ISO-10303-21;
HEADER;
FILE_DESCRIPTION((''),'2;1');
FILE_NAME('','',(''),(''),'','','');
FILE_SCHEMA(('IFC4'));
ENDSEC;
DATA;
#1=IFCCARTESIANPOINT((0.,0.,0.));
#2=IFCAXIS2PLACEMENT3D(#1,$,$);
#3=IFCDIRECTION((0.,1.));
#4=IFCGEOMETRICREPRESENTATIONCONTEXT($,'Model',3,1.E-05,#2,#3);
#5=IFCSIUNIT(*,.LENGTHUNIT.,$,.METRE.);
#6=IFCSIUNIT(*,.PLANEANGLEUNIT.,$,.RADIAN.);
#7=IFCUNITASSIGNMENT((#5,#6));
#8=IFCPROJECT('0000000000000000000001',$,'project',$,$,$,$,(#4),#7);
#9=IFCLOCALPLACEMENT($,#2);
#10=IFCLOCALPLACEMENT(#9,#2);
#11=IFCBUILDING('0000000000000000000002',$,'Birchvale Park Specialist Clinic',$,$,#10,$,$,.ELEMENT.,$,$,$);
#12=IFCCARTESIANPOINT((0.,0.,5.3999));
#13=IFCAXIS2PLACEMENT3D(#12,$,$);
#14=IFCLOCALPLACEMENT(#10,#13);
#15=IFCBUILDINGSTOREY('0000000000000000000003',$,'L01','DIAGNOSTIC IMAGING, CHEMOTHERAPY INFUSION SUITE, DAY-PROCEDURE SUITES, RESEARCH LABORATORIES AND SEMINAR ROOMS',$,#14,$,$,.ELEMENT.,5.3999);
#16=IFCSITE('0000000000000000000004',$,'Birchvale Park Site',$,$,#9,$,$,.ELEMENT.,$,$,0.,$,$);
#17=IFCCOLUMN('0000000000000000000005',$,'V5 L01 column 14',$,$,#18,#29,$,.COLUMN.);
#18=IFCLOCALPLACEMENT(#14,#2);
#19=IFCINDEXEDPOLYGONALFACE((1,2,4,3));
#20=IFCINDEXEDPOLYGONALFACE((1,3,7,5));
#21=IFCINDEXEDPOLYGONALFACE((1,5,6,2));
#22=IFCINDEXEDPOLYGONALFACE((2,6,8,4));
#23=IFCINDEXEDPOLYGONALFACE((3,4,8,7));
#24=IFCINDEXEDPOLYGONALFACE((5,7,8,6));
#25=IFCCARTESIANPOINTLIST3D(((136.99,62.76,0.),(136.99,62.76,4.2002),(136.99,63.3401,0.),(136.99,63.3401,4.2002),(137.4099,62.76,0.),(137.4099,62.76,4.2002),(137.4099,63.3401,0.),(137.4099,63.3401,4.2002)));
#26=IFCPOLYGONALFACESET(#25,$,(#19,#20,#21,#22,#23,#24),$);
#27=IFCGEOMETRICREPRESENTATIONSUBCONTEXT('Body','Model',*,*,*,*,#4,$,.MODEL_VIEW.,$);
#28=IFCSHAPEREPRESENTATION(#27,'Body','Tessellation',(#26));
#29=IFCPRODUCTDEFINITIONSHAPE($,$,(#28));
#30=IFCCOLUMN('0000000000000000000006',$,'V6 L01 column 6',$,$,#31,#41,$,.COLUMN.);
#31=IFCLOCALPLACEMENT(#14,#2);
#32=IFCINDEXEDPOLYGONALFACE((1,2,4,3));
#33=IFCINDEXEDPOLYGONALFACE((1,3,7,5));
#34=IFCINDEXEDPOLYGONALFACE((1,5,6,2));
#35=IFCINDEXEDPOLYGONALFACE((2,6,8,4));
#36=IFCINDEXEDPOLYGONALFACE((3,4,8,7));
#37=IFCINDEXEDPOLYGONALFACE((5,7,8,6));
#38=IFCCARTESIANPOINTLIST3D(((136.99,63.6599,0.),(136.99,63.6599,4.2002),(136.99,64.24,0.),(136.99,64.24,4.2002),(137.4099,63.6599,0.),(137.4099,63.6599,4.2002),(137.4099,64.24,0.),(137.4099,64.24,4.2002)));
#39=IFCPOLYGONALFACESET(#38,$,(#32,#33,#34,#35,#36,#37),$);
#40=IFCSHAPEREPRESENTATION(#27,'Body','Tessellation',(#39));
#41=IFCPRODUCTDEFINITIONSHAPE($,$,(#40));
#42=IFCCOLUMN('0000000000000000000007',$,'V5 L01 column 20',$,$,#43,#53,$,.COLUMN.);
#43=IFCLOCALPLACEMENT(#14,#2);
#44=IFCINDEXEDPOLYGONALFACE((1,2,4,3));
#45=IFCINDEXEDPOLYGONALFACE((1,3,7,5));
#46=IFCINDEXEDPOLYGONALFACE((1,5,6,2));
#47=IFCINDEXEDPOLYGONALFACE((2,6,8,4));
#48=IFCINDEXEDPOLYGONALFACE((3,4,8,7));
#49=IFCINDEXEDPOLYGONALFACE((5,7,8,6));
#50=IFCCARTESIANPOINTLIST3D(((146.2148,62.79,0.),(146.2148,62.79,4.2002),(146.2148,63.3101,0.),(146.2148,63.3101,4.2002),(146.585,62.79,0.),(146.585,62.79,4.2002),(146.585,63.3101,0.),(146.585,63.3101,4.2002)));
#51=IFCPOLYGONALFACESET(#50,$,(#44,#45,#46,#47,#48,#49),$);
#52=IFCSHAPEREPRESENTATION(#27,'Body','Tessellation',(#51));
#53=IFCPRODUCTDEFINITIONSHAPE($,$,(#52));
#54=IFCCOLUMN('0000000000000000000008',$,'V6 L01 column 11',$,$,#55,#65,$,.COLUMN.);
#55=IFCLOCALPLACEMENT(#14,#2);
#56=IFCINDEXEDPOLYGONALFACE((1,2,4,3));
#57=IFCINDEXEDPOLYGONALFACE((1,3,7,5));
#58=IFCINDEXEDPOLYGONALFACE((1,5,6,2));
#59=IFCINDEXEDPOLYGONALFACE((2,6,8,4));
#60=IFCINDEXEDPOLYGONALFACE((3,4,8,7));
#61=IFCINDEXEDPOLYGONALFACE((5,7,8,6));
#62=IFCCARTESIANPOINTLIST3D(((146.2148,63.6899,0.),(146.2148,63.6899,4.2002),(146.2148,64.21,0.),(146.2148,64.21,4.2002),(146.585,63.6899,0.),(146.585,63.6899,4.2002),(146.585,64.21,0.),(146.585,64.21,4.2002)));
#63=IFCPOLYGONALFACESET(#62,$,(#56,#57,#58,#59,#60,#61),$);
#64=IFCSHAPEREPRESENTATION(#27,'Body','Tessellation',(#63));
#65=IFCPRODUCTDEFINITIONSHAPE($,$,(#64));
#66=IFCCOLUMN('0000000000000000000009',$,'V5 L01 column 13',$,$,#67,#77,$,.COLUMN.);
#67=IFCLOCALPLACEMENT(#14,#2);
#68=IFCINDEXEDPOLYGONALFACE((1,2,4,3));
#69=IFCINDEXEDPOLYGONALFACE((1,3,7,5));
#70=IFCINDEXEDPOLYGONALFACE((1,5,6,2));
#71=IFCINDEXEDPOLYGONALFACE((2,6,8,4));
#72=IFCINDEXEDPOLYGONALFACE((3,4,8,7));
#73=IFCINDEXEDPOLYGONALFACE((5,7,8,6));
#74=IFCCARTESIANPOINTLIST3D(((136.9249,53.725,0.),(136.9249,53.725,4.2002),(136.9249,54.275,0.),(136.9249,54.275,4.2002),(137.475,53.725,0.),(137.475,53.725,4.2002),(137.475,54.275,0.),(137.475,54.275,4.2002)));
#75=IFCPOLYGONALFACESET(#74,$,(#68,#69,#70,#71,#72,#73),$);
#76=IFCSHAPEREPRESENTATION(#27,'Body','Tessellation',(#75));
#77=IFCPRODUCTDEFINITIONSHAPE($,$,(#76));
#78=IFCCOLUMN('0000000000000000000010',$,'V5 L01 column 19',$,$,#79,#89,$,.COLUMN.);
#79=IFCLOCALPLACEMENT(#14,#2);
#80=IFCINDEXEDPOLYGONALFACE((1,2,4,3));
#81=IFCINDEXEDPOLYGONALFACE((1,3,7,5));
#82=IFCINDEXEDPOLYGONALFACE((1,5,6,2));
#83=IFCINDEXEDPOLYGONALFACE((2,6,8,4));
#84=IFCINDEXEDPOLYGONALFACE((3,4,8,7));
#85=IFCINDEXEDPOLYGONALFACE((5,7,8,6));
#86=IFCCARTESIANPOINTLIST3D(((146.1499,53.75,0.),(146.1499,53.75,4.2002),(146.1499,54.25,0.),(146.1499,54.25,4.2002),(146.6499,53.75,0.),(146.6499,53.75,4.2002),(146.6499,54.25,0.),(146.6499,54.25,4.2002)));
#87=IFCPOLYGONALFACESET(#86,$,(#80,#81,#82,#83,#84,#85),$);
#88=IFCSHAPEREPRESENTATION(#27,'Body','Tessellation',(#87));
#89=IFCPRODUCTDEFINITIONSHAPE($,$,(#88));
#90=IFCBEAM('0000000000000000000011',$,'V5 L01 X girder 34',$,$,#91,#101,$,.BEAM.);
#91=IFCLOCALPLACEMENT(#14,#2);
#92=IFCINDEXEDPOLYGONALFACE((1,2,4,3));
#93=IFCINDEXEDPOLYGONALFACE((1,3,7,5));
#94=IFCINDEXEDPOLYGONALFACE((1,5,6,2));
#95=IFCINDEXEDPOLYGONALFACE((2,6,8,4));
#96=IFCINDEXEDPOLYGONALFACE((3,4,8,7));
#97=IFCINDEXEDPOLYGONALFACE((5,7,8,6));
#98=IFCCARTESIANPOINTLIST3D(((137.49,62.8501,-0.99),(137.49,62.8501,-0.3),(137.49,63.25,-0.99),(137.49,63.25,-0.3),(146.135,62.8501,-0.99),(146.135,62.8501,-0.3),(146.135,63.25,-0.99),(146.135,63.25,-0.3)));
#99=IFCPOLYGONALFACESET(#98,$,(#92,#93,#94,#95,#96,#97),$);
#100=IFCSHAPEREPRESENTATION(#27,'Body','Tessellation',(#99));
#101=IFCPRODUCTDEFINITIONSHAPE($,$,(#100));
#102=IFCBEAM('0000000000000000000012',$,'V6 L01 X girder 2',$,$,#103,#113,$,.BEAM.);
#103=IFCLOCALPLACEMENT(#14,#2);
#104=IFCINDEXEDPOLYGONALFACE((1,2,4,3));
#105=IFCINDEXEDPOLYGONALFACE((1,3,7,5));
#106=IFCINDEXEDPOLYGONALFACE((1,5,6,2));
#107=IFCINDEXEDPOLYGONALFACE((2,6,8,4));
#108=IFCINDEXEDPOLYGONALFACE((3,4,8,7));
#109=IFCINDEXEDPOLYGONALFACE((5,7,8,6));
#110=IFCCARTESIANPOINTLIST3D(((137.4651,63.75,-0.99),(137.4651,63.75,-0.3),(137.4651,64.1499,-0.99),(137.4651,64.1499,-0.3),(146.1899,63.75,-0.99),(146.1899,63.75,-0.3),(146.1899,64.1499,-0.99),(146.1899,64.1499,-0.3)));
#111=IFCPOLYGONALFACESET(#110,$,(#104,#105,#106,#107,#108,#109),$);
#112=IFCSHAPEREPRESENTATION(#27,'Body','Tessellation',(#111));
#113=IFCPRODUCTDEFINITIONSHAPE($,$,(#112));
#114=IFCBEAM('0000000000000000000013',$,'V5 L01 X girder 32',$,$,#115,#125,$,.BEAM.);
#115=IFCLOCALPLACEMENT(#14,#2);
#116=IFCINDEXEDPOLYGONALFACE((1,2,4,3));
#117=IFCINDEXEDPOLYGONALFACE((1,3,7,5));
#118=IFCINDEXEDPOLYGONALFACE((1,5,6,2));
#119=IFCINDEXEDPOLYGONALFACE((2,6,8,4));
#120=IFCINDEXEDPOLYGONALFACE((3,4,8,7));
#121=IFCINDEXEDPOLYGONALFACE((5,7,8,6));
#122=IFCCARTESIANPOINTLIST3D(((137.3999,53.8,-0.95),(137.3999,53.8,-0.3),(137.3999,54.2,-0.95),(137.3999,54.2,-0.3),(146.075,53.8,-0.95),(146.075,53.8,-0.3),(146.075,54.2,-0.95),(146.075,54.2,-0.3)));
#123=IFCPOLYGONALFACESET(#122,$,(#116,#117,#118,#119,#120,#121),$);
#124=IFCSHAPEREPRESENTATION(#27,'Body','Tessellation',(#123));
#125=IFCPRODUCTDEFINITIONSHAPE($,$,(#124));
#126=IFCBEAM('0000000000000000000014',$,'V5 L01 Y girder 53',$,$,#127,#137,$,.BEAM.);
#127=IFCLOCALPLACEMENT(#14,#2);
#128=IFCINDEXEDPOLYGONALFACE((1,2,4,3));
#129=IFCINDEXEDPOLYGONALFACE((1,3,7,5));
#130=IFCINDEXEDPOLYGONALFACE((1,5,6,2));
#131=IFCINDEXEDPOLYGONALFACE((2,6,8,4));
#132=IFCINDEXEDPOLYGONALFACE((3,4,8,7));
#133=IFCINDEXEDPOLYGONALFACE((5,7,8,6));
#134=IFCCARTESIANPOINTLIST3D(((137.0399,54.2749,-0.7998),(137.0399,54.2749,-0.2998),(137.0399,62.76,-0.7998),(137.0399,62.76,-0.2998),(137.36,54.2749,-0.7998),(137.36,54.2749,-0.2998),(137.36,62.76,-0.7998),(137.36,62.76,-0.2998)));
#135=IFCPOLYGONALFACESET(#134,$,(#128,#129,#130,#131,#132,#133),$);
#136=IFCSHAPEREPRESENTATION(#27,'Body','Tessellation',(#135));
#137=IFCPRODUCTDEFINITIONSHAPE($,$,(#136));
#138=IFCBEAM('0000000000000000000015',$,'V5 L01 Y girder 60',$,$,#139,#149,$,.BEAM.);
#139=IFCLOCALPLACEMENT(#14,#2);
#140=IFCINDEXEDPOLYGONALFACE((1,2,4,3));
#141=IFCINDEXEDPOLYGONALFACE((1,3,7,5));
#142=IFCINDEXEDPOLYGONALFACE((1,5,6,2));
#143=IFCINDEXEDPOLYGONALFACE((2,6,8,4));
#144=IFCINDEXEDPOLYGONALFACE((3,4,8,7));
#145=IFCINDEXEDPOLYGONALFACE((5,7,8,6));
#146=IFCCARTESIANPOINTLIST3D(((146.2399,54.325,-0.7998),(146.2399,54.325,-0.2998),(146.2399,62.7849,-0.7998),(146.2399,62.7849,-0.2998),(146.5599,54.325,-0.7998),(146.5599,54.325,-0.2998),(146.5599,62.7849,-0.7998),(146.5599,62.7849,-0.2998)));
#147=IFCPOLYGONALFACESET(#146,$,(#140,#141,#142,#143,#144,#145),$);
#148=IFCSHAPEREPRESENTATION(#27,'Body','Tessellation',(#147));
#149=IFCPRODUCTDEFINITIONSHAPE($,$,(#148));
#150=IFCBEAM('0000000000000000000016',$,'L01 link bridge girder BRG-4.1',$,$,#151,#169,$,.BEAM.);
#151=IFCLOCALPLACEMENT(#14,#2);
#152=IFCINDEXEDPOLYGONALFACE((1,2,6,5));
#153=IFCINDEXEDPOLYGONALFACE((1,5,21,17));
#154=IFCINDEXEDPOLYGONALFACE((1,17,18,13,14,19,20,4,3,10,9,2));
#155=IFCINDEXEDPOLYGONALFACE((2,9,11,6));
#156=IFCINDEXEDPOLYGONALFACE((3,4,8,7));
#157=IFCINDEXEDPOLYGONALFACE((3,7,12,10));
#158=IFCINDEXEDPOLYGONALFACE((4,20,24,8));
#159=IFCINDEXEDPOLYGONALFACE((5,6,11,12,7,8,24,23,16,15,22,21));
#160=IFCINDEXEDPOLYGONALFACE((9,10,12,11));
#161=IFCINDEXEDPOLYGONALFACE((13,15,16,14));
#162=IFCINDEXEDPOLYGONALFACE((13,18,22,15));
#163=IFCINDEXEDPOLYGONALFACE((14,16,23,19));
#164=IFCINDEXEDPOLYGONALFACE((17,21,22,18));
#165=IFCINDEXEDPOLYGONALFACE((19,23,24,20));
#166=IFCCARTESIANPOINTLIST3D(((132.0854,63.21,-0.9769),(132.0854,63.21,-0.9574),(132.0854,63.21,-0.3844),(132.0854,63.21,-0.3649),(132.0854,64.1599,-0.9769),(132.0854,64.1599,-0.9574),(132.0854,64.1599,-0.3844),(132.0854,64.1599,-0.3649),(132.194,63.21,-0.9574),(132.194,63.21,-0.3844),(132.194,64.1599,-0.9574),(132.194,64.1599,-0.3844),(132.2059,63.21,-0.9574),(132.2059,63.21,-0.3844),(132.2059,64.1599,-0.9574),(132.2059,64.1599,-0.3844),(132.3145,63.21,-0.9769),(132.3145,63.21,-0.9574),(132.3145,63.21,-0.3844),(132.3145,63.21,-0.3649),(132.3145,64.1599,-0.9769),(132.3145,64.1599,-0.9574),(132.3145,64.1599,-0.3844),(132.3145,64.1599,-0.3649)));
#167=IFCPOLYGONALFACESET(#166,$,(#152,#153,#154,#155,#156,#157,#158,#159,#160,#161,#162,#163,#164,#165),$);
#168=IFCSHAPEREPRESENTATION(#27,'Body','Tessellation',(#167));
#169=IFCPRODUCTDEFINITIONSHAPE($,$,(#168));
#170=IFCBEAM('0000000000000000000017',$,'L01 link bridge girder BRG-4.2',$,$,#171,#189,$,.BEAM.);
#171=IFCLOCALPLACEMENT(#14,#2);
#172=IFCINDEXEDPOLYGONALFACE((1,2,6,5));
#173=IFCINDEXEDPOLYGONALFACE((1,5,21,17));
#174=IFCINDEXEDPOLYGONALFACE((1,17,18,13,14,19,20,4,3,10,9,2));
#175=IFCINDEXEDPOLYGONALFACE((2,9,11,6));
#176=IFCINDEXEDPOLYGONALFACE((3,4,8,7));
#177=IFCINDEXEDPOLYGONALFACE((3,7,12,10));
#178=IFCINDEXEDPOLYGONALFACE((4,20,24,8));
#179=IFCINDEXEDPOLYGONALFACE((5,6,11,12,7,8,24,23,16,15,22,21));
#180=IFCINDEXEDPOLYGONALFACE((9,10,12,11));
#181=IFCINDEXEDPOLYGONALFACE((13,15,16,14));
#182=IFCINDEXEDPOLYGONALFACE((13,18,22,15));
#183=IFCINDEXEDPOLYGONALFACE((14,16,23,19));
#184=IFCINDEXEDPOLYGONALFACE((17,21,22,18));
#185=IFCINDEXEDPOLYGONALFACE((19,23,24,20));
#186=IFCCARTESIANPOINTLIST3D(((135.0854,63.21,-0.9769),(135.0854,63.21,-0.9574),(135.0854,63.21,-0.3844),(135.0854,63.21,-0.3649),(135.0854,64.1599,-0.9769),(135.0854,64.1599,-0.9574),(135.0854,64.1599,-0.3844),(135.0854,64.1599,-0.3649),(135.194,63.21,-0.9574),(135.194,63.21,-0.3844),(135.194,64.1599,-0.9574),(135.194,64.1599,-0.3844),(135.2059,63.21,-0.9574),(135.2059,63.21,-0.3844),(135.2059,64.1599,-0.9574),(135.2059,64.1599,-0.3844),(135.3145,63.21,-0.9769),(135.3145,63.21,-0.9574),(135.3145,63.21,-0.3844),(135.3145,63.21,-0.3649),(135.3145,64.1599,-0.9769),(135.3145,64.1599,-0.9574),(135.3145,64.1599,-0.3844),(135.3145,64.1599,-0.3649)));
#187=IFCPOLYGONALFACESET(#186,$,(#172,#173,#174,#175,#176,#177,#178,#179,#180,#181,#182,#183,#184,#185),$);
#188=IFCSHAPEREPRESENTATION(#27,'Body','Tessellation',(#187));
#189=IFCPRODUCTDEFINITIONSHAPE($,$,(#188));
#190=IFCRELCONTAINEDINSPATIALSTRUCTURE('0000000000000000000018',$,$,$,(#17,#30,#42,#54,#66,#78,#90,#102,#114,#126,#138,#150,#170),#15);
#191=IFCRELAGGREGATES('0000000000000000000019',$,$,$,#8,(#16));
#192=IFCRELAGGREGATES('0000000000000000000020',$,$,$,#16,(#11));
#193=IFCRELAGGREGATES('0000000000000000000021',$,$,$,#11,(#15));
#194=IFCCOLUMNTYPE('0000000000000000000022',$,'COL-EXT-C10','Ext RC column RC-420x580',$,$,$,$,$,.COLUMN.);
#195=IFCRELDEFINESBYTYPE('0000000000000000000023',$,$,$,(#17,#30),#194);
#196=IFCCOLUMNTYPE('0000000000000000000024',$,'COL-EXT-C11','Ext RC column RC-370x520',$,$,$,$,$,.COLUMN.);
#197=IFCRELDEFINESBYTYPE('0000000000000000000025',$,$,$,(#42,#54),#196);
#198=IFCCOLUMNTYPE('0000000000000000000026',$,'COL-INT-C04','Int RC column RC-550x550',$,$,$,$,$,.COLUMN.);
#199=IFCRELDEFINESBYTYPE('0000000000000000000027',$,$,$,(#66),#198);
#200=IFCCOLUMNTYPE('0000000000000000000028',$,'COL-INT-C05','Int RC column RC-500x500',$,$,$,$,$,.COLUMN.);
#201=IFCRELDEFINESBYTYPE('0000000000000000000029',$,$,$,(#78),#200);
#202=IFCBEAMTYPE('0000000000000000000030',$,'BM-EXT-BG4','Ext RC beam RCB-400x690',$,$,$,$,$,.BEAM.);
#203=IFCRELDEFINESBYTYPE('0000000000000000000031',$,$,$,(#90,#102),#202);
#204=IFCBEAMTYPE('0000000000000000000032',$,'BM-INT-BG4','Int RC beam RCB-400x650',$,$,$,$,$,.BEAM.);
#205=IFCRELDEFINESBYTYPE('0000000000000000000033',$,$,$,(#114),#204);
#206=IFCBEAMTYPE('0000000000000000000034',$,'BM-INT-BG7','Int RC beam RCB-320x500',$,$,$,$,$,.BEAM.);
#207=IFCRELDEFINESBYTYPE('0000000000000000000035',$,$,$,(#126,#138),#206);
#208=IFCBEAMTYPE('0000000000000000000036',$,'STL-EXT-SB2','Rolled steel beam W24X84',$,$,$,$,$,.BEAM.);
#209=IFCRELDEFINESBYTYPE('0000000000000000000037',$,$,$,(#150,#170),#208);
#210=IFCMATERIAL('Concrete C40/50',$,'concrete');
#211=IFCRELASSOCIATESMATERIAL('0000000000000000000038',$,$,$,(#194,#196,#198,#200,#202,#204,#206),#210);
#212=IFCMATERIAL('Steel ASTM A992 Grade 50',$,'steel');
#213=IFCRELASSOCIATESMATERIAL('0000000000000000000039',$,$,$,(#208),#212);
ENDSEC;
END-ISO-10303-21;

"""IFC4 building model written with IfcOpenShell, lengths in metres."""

from ifc_helpers import new_model, si_unit, direction, frame, origin, origin_2d, place, context, subcontext, project, spatial, rectangle, i_section, extrude, material, material_profile, profile_set, type_object, element, save


model = new_model("IFC4")

# Units and contexts
model_context = context("Model", 3, precision=1e-05, world=origin(), true_north=direction((0.0, 1.0)))
body_context = subcontext(model_context, "Body", "Model", "MODEL_VIEW")
ifc_project = project(units=[si_unit("LENGTHUNIT", "METRE"), si_unit("PLANEANGLEUNIT", "RADIAN")], contexts=[model_context])

# Site, building, storey
site_placement = place(None, origin())
site = spatial("IfcSite", under=ifc_project, at=site_placement, Name="Birchvale Park Site", CompositionType="ELEMENT", RefElevation=0.0)
building_placement = place(site_placement, origin())
building = spatial("IfcBuilding", under=site, at=building_placement, Name="Birchvale Park Specialist Clinic", CompositionType="ELEMENT")
storey_placement = place(building_placement, frame((0.0, 0.0, 5.3999)))
storey = spatial("IfcBuildingStorey", under=building, at=storey_placement, Name="L01", Description="DIAGNOSTIC IMAGING, CHEMOTHERAPY INFUSION SUITE, DAY-PROCEDURE SUITES, RESEARCH LABORATORIES AND SEMINAR ROOMS", CompositionType="ELEMENT", Elevation=5.3999)

# Columns
ifc_material_1 = material(Name="Concrete C40/50", Category="concrete")
ifc_material_profile_1 = material_profile(ifc_material_1, rectangle(XDim=0.4199, YDim=0.5801, at=origin_2d()), Name="RC-420x580")
ifc_profile_set_1 = profile_set([ifc_material_profile_1], Name="Concrete C40/50")
column_type_1 = type_object("IfcColumnType", Name="COL-EXT-C10", Description="Ext RC column RC-420x580", PredefinedType="COLUMN", material=ifc_profile_set_1)
for number, where, z_axis, x_axis, name in (
    (1, (137.2, 63.05, 0.0), (0.0, 0.0, 1.0), (1.0, 0.0, 0.0), "V5 L01 column 14"),
    (2, (137.2, 63.95, 0.0), (0.0, 0.0, 1.0), (1.0, 0.0, 0.0), "V6 L01 column 6"),
):
    element("IfcColumn", number, at=place(storey_placement, frame(where, z_axis=z_axis, x_axis=x_axis)), inside=storey, type_object=column_type_1, Name=name, PredefinedType="COLUMN", context=body_context, shape_type="SweptSolid", body=[
        extrude(rectangle(XDim=0.4199, YDim=0.5801, at=origin_2d()), origin(), (0.0, 0.0, 1.0), 4.2002),
    ])
ifc_material_profile_2 = material_profile(ifc_material_1, rectangle(XDim=0.3701, YDim=0.52, at=origin_2d()), Name="RC-370x520")
ifc_profile_set_2 = profile_set([ifc_material_profile_2], Name="Concrete C40/50")
column_type_2 = type_object("IfcColumnType", Name="COL-EXT-C11", Description="Ext RC column RC-370x520", PredefinedType="COLUMN", material=ifc_profile_set_2)
for number, where, z_axis, x_axis, name in (
    (3, (146.3999, 63.05, 0.0), (0.0, 0.0, 1.0), (1.0, 0.0, 0.0), "V5 L01 column 20"),
    (4, (146.3999, 63.95, 0.0), (0.0, 0.0, 1.0), (1.0, 0.0, 0.0), "V6 L01 column 11"),
):
    element("IfcColumn", number, at=place(storey_placement, frame(where, z_axis=z_axis, x_axis=x_axis)), inside=storey, type_object=column_type_2, Name=name, PredefinedType="COLUMN", context=body_context, shape_type="SweptSolid", body=[
        extrude(rectangle(XDim=0.3701, YDim=0.52, at=origin_2d()), origin(), (0.0, 0.0, 1.0), 4.2002),
    ])
ifc_material_profile_3 = material_profile(ifc_material_1, rectangle(XDim=0.55, YDim=0.55, at=origin_2d()), Name="RC-550x550")
ifc_profile_set_3 = profile_set([ifc_material_profile_3], Name="Concrete C40/50")
column_type_3 = type_object("IfcColumnType", Name="COL-INT-C04", Description="Int RC column RC-550x550", PredefinedType="COLUMN", material=ifc_profile_set_3)
column_1_placement = place(storey_placement, frame((137.2, 54.0, 0.0), z_axis=(0.0, 0.0, 1.0), x_axis=(1.0, 0.0, 0.0)))
element("IfcColumn", 5, at=column_1_placement, inside=storey, type_object=column_type_3, Name="V5 L01 column 13", PredefinedType="COLUMN", context=body_context, shape_type="SweptSolid", body=[
    extrude(rectangle(XDim=0.55, YDim=0.55, at=origin_2d()), origin(), (0.0, 0.0, 1.0), 4.2002),
])
ifc_material_profile_4 = material_profile(ifc_material_1, rectangle(XDim=0.5, YDim=0.5, at=origin_2d()), Name="RC-500x500")
ifc_profile_set_4 = profile_set([ifc_material_profile_4], Name="Concrete C40/50")
column_type_4 = type_object("IfcColumnType", Name="COL-INT-C05", Description="Int RC column RC-500x500", PredefinedType="COLUMN", material=ifc_profile_set_4)
column_2_placement = place(storey_placement, frame((146.3999, 54.0, 0.0), z_axis=(0.0, 0.0, 1.0), x_axis=(1.0, 0.0, 0.0)))
element("IfcColumn", 6, at=column_2_placement, inside=storey, type_object=column_type_4, Name="V5 L01 column 19", PredefinedType="COLUMN", context=body_context, shape_type="SweptSolid", body=[
    extrude(rectangle(XDim=0.5, YDim=0.5, at=origin_2d()), origin(), (0.0, 0.0, 1.0), 4.2002),
])

# Beams
ifc_material_profile_5 = material_profile(ifc_material_1, rectangle(XDim=0.3999, YDim=0.6899, at=origin_2d()), Name="RCB-400x690")
ifc_profile_set_5 = profile_set([ifc_material_profile_5], Name="Concrete C40/50")
beam_type_1 = type_object("IfcBeamType", Name="BM-EXT-BG4", Description="Ext RC beam RCB-400x690", PredefinedType="BEAM", material=ifc_profile_set_5)
beam_1_placement = place(storey_placement, frame((137.49, 63.05, -0.645), z_axis=(1.0, 0.0, 0.0), x_axis=(0.0, 1.0, 0.0)))
element("IfcBeam", 7, at=beam_1_placement, inside=storey, type_object=beam_type_1, Name="V5 L01 X girder 34", PredefinedType="BEAM", context=body_context, shape_type="SweptSolid", body=[
    extrude(rectangle(XDim=0.3999, YDim=0.6899, at=origin_2d()), origin(), (0.0, 0.0, 1.0), 8.645),
])
beam_2_placement = place(storey_placement, frame((137.4651, 63.95, -0.645), z_axis=(1.0, 0.0, 0.0), x_axis=(0.0, 1.0, 0.0)))
element("IfcBeam", 8, at=beam_2_placement, inside=storey, type_object=beam_type_1, Name="V6 L01 X girder 2", PredefinedType="BEAM", context=body_context, shape_type="SweptSolid", body=[
    extrude(rectangle(XDim=0.3999, YDim=0.6899, at=origin_2d()), origin(), (0.0, 0.0, 1.0), 8.7249),
])
ifc_material_profile_6 = material_profile(ifc_material_1, rectangle(XDim=0.3999, YDim=0.6499, at=origin_2d()), Name="RCB-400x650")
ifc_profile_set_6 = profile_set([ifc_material_profile_6], Name="Concrete C40/50")
beam_type_2 = type_object("IfcBeamType", Name="BM-INT-BG4", Description="Int RC beam RCB-400x650", PredefinedType="BEAM", material=ifc_profile_set_6)
beam_3_placement = place(storey_placement, frame((137.3999, 54.0, -0.625), z_axis=(1.0, 0.0, 0.0), x_axis=(0.0, 1.0, 0.0)))
element("IfcBeam", 9, at=beam_3_placement, inside=storey, type_object=beam_type_2, Name="V5 L01 X girder 32", PredefinedType="BEAM", context=body_context, shape_type="SweptSolid", body=[
    extrude(rectangle(XDim=0.3999, YDim=0.6499, at=origin_2d()), origin(), (0.0, 0.0, 1.0), 8.675),
])
ifc_material_profile_7 = material_profile(ifc_material_1, rectangle(XDim=0.3201, YDim=0.5, at=origin_2d()), Name="RCB-320x500")
ifc_profile_set_7 = profile_set([ifc_material_profile_7], Name="Concrete C40/50")
beam_type_3 = type_object("IfcBeamType", Name="BM-INT-BG7", Description="Int RC beam RCB-320x500", PredefinedType="BEAM", material=ifc_profile_set_7)
beam_4_placement = place(storey_placement, frame((137.2, 54.2749, -0.5498), z_axis=(0.0, 1.0, 0.0), x_axis=(-1.0, 0.0, 0.0)))
element("IfcBeam", 10, at=beam_4_placement, inside=storey, type_object=beam_type_3, Name="V5 L01 Y girder 53", PredefinedType="BEAM", context=body_context, shape_type="SweptSolid", body=[
    extrude(rectangle(XDim=0.3201, YDim=0.5, at=origin_2d()), origin(), (0.0, 0.0, 1.0), 8.4851),
])
beam_5_placement = place(storey_placement, frame((146.3999, 54.325, -0.5498), z_axis=(0.0, 1.0, 0.0), x_axis=(-1.0, 0.0, 0.0)))
element("IfcBeam", 11, at=beam_5_placement, inside=storey, type_object=beam_type_3, Name="V5 L01 Y girder 60", PredefinedType="BEAM", context=body_context, shape_type="SweptSolid", body=[
    extrude(rectangle(XDim=0.3201, YDim=0.5, at=origin_2d()), origin(), (0.0, 0.0, 1.0), 8.46),
])
ifc_material_2 = material(Name="Steel ASTM A992 Grade 50", Category="steel")
ifc_material_profile_8 = material_profile(ifc_material_2, i_section(OverallWidth=0.229, OverallDepth=0.6121, WebThickness=0.012, FlangeThickness=0.0195, at=origin_2d()), Name="W24X84")
ifc_profile_set_8 = profile_set([ifc_material_profile_8], Name="Steel ASTM A992 Grade 50")
beam_type_4 = type_object("IfcBeamType", Name="STL-EXT-SB2", Description="Rolled steel beam W24X84", PredefinedType="BEAM", material=ifc_profile_set_8)
for number, where, z_axis, x_axis, name in (
    (12, (132.2, 63.21, -0.6709), (0.0, 1.0, 0.0), (-1.0, 0.0, 0.0), "L01 link bridge girder BRG-4.1"),
    (13, (135.2, 63.21, -0.6709), (0.0, 1.0, 0.0), (-1.0, 0.0, 0.0), "L01 link bridge girder BRG-4.2"),
):
    element("IfcBeam", number, at=place(storey_placement, frame(where, z_axis=z_axis, x_axis=x_axis)), inside=storey, type_object=beam_type_4, Name=name, PredefinedType="BEAM", context=body_context, shape_type="SweptSolid", body=[
        extrude(i_section(OverallWidth=0.229, OverallDepth=0.6121, WebThickness=0.012, FlangeThickness=0.0195, at=origin_2d()), origin(), (0.0, 0.0, 1.0), 0.95),
    ])

save(model, "model.ifc")
